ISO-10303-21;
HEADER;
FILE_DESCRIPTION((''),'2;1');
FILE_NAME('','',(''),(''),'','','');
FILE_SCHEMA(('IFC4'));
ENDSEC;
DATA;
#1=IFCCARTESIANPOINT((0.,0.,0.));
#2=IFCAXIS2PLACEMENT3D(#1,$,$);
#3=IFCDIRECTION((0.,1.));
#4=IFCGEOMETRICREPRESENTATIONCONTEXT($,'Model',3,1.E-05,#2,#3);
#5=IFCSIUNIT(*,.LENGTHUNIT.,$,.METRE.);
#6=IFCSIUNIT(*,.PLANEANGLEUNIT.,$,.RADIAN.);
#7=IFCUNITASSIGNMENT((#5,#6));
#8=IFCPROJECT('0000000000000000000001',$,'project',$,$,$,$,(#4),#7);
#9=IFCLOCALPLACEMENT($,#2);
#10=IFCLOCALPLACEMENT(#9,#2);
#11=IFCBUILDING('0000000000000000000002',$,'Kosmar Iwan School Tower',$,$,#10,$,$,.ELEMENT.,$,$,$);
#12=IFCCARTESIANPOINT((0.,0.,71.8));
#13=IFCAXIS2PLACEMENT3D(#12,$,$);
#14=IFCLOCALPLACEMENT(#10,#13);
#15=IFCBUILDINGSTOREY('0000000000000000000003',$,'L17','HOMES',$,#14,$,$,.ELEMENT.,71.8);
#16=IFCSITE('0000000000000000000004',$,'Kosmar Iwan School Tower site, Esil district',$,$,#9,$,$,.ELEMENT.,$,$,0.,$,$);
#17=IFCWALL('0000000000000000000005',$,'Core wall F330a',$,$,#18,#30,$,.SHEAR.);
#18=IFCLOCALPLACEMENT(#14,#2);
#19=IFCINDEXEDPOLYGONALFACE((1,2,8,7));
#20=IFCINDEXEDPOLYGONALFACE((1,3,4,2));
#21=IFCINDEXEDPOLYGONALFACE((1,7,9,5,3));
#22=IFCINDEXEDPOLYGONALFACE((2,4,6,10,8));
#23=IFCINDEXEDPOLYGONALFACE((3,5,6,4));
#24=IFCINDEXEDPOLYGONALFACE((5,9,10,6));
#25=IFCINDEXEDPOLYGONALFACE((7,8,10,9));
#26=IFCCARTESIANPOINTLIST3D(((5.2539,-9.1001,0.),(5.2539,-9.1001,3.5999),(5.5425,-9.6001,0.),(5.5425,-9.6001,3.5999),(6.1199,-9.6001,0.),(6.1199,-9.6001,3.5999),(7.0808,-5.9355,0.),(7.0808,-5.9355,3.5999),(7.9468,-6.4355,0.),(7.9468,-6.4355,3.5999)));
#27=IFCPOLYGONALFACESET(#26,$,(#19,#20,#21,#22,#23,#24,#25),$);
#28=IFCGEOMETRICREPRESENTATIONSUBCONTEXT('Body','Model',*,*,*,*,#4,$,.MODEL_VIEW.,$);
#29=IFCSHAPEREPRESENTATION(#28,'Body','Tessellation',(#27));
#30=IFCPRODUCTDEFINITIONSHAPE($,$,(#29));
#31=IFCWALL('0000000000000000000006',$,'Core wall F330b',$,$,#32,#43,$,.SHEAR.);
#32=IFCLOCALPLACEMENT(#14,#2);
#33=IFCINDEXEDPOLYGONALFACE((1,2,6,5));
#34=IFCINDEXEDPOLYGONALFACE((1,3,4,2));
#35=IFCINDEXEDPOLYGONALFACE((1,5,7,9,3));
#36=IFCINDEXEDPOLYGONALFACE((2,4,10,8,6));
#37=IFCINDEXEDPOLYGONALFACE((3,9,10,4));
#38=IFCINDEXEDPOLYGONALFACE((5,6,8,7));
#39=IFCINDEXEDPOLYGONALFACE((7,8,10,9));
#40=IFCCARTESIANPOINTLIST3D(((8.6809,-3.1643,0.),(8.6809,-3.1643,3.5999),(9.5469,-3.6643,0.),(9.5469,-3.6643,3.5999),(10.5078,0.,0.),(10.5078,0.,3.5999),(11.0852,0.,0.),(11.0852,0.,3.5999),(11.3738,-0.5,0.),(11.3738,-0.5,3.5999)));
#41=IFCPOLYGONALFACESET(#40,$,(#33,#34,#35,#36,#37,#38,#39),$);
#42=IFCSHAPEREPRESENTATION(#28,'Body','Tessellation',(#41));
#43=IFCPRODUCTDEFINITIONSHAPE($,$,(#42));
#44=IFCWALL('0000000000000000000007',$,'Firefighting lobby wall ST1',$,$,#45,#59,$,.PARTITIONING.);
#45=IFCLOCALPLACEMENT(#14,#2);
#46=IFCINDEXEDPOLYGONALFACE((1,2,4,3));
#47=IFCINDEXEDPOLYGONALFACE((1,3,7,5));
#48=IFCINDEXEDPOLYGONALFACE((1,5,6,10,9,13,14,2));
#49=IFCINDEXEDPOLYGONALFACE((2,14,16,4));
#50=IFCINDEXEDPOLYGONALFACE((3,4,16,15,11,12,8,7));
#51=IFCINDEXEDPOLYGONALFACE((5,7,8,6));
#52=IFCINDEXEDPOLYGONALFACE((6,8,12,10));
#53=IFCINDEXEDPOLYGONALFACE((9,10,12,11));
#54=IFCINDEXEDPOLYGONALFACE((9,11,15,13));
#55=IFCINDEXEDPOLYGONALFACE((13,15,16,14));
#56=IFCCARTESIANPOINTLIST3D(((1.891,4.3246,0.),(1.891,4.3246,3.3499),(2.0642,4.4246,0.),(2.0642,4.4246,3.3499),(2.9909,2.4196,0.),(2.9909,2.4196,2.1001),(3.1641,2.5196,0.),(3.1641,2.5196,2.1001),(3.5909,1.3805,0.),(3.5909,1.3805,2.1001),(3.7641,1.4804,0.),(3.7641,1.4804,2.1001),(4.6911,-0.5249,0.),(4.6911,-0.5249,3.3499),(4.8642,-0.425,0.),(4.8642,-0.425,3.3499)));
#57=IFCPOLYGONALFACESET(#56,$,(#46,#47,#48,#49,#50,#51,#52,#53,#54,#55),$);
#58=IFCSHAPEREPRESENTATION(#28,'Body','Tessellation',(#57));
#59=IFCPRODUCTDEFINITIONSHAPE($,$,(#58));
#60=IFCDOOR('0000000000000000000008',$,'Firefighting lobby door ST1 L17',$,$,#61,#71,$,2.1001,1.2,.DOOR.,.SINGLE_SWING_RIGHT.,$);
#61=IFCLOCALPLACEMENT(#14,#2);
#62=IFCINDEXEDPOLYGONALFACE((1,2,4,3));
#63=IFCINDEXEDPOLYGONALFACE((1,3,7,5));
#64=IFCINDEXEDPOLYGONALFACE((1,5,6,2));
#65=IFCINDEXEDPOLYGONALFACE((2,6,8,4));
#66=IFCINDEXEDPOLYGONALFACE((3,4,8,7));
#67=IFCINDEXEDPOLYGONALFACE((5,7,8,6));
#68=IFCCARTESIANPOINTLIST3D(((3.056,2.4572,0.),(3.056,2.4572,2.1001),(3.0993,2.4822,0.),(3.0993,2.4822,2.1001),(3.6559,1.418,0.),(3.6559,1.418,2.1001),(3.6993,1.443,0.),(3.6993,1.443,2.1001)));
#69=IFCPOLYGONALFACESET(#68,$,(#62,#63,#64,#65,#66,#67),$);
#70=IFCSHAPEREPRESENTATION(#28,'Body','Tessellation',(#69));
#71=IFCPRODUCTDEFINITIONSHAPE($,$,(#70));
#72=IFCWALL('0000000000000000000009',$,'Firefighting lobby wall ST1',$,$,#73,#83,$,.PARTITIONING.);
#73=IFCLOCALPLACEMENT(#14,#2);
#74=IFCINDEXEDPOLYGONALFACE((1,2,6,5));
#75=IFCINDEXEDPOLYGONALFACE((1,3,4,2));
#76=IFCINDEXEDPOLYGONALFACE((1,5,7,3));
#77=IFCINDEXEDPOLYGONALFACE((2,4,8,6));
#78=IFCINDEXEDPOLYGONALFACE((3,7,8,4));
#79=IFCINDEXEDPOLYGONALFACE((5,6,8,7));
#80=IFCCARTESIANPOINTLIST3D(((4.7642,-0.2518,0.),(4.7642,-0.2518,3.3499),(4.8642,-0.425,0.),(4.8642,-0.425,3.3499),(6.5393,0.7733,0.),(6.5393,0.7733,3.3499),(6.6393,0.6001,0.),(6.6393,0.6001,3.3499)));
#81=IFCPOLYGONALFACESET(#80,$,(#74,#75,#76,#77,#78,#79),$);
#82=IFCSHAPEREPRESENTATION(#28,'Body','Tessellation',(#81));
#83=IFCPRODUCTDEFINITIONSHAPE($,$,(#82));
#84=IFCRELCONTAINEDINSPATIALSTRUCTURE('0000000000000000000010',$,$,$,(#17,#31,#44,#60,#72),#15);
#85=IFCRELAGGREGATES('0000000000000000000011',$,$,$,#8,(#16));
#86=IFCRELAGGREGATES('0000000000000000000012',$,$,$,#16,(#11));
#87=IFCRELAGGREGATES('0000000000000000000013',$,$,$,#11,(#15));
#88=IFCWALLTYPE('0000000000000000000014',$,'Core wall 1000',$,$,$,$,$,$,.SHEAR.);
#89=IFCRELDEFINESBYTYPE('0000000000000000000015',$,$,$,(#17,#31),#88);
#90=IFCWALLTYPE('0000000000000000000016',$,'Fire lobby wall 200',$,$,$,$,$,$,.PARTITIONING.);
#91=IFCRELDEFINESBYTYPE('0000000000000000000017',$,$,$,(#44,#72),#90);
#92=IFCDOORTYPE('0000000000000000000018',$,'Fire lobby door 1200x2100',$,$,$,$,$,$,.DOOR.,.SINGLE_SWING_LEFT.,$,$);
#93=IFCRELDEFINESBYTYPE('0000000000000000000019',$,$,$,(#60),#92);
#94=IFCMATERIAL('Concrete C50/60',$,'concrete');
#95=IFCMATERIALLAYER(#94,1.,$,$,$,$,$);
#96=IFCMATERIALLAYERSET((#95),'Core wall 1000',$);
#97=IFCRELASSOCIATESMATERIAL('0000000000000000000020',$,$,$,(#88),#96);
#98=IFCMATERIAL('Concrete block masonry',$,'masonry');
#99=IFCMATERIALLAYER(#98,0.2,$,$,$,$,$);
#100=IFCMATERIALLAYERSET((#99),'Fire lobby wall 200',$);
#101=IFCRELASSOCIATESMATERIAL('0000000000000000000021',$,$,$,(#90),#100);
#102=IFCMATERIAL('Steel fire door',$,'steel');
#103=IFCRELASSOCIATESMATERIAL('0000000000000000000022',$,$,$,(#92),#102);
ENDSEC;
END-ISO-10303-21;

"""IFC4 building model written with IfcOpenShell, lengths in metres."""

from ifc_helpers import new_model, si_unit, direction, frame, frame_2d, origin, place, context, subcontext, project, spatial, polyline, rectangle, outline, extrude, material, layer, layer_set, type_object, element, fill, save


model = new_model("IFC4")

# Units and contexts
model_context = context("Model", 3, precision=1e-05, world=origin(), true_north=direction((0.0, 1.0)))
body_context = subcontext(model_context, "Body", "Model", "MODEL_VIEW")
ifc_project = project(units=[si_unit("LENGTHUNIT", "METRE"), si_unit("PLANEANGLEUNIT", "RADIAN")], contexts=[model_context])

# Site, building, storey
site_placement = place(None, origin())
site = spatial("IfcSite", under=ifc_project, at=site_placement, Name="Kosmar Iwan School Tower site, Esil district", CompositionType="ELEMENT", RefElevation=0.0)
building_placement = place(site_placement, origin())
building = spatial("IfcBuilding", under=site, at=building_placement, Name="Kosmar Iwan School Tower", CompositionType="ELEMENT")
storey_placement = place(building_placement, frame((0.0, 0.0, 71.8)))
storey = spatial("IfcBuildingStorey", under=building, at=storey_placement, Name="L17", Description="HOMES", CompositionType="ELEMENT", Elevation=71.8)

# Walls
ifc_material_1 = material(Name="Concrete C50/60", Category="concrete")
ifc_layer_1 = layer(ifc_material_1, 1.0)
ifc_layer_set_1 = layer_set([ifc_layer_1], Name="Core wall 1000")
wall_type_1 = type_object("IfcWallType", Name="Core wall 1000", PredefinedType="SHEAR", material=ifc_layer_set_1)
wall_1_placement = place(storey_placement, origin())
element("IfcWall", 1, at=wall_1_placement, inside=storey, type_object=wall_type_1, Name="Core wall F330a", PredefinedType="SHEAR", context=body_context, shape_type="SweptSolid", body=[
    extrude(outline(polyline([(5.5425, -9.6001), (6.1199, -9.6001), (7.9468, -6.4355), (7.0808, -5.9355), (5.2539, -9.1001), (5.5425, -9.6001)])), origin(), (0.0, 0.0, 1.0), 3.5999),
])
wall_2_placement = place(storey_placement, origin())
element("IfcWall", 2, at=wall_2_placement, inside=storey, type_object=wall_type_1, Name="Core wall F330b", PredefinedType="SHEAR", context=body_context, shape_type="SweptSolid", body=[
    extrude(outline(polyline([(9.5469, -3.6643), (11.3738, -0.5), (11.0852, 0.0), (10.5078, 0.0), (8.6809, -3.1643), (9.5469, -3.6643)])), origin(), (0.0, 0.0, 1.0), 3.5999),
])

# Wall, opening, door
ifc_material_2 = material(Name="Concrete block masonry", Category="masonry")
ifc_layer_2 = layer(ifc_material_2, 0.2)
ifc_layer_set_2 = layer_set([ifc_layer_2], Name="Fire lobby wall 200")
wall_type_2 = type_object("IfcWallType", Name="Fire lobby wall 200", PredefinedType="PARTITIONING", material=ifc_layer_set_2)
wall_3_placement = place(storey_placement, frame((4.7776, -0.4749, 0.0), z_axis=(0.0, 0.0, 1.0), x_axis=(-0.500017, 0.866016, 0.0)))
wall_3 = element("IfcWall", 3, at=wall_3_placement, inside=storey, type_object=wall_type_2, Name="Firefighting lobby wall ST1", PredefinedType="PARTITIONING", context=body_context, shape_type="SweptSolid", body=[
    extrude(rectangle(XDim=5.5999, YDim=0.2, at=frame_2d((2.7998, 0.0))), origin(), (0.0, 0.0, 1.0), 3.3499),
])
opening_1_placement = place(wall_3_placement, frame((2.2, 0.0, 0.0)))
opening_1 = element("IfcOpeningElement", 4, at=opening_1_placement, cuts=wall_3, PredefinedType="OPENING", context=body_context, shape_type="SweptSolid", body=[
    extrude(rectangle(XDim=1.2, YDim=2.1001, at=frame_2d((0.6001, 1.05))), frame((0.0, 0.1121, 0.0), z_axis=(0.0, -1.0, 0.0), x_axis=(1.0, 0.0, 0.0)), (0.0, 0.0, 1.0), 0.2239),
])
ifc_material_3 = material(Name="Steel fire door", Category="steel")
door_type_1 = type_object("IfcDoorType", Name="Fire lobby door 1200x2100", OperationType="SINGLE_SWING_LEFT", PredefinedType="DOOR", material=ifc_material_3)
door_1_placement = place(opening_1_placement, origin())
door_1 = element("IfcDoor", 5, at=door_1_placement, inside=storey, type_object=door_type_1, Name="Firefighting lobby door ST1 L17", OperationType="SINGLE_SWING_RIGHT", OverallHeight=2.1001, OverallWidth=1.2, PredefinedType="DOOR", context=body_context, shape_type="SweptSolid", body=[
    extrude(rectangle(XDim=1.2, YDim=2.1001, at=frame_2d((0.6001, 1.05))), frame((0.0, 0.0249, 0.0), z_axis=(0.0, -1.0, 0.0), x_axis=(1.0, 0.0, 0.0)), (0.0, 0.0, 1.0), 0.05),
])
fill(opening_1, door_1)

# Wall
wall_4_placement = place(storey_placement, frame((4.8142, -0.3384, 0.0), z_axis=(0.0, 0.0, 1.0), x_axis=(0.865969, 0.500097, 0.0)))
element("IfcWall", 6, at=wall_4_placement, inside=storey, type_object=wall_type_2, Name="Firefighting lobby wall ST1", PredefinedType="PARTITIONING", context=body_context, shape_type="SweptSolid", body=[
    extrude(rectangle(XDim=2.0498, YDim=0.2, at=frame_2d((1.0249, 0.0))), origin(), (0.0, 0.0, 1.0), 3.3499),
])

save(model, "model.ifc")
